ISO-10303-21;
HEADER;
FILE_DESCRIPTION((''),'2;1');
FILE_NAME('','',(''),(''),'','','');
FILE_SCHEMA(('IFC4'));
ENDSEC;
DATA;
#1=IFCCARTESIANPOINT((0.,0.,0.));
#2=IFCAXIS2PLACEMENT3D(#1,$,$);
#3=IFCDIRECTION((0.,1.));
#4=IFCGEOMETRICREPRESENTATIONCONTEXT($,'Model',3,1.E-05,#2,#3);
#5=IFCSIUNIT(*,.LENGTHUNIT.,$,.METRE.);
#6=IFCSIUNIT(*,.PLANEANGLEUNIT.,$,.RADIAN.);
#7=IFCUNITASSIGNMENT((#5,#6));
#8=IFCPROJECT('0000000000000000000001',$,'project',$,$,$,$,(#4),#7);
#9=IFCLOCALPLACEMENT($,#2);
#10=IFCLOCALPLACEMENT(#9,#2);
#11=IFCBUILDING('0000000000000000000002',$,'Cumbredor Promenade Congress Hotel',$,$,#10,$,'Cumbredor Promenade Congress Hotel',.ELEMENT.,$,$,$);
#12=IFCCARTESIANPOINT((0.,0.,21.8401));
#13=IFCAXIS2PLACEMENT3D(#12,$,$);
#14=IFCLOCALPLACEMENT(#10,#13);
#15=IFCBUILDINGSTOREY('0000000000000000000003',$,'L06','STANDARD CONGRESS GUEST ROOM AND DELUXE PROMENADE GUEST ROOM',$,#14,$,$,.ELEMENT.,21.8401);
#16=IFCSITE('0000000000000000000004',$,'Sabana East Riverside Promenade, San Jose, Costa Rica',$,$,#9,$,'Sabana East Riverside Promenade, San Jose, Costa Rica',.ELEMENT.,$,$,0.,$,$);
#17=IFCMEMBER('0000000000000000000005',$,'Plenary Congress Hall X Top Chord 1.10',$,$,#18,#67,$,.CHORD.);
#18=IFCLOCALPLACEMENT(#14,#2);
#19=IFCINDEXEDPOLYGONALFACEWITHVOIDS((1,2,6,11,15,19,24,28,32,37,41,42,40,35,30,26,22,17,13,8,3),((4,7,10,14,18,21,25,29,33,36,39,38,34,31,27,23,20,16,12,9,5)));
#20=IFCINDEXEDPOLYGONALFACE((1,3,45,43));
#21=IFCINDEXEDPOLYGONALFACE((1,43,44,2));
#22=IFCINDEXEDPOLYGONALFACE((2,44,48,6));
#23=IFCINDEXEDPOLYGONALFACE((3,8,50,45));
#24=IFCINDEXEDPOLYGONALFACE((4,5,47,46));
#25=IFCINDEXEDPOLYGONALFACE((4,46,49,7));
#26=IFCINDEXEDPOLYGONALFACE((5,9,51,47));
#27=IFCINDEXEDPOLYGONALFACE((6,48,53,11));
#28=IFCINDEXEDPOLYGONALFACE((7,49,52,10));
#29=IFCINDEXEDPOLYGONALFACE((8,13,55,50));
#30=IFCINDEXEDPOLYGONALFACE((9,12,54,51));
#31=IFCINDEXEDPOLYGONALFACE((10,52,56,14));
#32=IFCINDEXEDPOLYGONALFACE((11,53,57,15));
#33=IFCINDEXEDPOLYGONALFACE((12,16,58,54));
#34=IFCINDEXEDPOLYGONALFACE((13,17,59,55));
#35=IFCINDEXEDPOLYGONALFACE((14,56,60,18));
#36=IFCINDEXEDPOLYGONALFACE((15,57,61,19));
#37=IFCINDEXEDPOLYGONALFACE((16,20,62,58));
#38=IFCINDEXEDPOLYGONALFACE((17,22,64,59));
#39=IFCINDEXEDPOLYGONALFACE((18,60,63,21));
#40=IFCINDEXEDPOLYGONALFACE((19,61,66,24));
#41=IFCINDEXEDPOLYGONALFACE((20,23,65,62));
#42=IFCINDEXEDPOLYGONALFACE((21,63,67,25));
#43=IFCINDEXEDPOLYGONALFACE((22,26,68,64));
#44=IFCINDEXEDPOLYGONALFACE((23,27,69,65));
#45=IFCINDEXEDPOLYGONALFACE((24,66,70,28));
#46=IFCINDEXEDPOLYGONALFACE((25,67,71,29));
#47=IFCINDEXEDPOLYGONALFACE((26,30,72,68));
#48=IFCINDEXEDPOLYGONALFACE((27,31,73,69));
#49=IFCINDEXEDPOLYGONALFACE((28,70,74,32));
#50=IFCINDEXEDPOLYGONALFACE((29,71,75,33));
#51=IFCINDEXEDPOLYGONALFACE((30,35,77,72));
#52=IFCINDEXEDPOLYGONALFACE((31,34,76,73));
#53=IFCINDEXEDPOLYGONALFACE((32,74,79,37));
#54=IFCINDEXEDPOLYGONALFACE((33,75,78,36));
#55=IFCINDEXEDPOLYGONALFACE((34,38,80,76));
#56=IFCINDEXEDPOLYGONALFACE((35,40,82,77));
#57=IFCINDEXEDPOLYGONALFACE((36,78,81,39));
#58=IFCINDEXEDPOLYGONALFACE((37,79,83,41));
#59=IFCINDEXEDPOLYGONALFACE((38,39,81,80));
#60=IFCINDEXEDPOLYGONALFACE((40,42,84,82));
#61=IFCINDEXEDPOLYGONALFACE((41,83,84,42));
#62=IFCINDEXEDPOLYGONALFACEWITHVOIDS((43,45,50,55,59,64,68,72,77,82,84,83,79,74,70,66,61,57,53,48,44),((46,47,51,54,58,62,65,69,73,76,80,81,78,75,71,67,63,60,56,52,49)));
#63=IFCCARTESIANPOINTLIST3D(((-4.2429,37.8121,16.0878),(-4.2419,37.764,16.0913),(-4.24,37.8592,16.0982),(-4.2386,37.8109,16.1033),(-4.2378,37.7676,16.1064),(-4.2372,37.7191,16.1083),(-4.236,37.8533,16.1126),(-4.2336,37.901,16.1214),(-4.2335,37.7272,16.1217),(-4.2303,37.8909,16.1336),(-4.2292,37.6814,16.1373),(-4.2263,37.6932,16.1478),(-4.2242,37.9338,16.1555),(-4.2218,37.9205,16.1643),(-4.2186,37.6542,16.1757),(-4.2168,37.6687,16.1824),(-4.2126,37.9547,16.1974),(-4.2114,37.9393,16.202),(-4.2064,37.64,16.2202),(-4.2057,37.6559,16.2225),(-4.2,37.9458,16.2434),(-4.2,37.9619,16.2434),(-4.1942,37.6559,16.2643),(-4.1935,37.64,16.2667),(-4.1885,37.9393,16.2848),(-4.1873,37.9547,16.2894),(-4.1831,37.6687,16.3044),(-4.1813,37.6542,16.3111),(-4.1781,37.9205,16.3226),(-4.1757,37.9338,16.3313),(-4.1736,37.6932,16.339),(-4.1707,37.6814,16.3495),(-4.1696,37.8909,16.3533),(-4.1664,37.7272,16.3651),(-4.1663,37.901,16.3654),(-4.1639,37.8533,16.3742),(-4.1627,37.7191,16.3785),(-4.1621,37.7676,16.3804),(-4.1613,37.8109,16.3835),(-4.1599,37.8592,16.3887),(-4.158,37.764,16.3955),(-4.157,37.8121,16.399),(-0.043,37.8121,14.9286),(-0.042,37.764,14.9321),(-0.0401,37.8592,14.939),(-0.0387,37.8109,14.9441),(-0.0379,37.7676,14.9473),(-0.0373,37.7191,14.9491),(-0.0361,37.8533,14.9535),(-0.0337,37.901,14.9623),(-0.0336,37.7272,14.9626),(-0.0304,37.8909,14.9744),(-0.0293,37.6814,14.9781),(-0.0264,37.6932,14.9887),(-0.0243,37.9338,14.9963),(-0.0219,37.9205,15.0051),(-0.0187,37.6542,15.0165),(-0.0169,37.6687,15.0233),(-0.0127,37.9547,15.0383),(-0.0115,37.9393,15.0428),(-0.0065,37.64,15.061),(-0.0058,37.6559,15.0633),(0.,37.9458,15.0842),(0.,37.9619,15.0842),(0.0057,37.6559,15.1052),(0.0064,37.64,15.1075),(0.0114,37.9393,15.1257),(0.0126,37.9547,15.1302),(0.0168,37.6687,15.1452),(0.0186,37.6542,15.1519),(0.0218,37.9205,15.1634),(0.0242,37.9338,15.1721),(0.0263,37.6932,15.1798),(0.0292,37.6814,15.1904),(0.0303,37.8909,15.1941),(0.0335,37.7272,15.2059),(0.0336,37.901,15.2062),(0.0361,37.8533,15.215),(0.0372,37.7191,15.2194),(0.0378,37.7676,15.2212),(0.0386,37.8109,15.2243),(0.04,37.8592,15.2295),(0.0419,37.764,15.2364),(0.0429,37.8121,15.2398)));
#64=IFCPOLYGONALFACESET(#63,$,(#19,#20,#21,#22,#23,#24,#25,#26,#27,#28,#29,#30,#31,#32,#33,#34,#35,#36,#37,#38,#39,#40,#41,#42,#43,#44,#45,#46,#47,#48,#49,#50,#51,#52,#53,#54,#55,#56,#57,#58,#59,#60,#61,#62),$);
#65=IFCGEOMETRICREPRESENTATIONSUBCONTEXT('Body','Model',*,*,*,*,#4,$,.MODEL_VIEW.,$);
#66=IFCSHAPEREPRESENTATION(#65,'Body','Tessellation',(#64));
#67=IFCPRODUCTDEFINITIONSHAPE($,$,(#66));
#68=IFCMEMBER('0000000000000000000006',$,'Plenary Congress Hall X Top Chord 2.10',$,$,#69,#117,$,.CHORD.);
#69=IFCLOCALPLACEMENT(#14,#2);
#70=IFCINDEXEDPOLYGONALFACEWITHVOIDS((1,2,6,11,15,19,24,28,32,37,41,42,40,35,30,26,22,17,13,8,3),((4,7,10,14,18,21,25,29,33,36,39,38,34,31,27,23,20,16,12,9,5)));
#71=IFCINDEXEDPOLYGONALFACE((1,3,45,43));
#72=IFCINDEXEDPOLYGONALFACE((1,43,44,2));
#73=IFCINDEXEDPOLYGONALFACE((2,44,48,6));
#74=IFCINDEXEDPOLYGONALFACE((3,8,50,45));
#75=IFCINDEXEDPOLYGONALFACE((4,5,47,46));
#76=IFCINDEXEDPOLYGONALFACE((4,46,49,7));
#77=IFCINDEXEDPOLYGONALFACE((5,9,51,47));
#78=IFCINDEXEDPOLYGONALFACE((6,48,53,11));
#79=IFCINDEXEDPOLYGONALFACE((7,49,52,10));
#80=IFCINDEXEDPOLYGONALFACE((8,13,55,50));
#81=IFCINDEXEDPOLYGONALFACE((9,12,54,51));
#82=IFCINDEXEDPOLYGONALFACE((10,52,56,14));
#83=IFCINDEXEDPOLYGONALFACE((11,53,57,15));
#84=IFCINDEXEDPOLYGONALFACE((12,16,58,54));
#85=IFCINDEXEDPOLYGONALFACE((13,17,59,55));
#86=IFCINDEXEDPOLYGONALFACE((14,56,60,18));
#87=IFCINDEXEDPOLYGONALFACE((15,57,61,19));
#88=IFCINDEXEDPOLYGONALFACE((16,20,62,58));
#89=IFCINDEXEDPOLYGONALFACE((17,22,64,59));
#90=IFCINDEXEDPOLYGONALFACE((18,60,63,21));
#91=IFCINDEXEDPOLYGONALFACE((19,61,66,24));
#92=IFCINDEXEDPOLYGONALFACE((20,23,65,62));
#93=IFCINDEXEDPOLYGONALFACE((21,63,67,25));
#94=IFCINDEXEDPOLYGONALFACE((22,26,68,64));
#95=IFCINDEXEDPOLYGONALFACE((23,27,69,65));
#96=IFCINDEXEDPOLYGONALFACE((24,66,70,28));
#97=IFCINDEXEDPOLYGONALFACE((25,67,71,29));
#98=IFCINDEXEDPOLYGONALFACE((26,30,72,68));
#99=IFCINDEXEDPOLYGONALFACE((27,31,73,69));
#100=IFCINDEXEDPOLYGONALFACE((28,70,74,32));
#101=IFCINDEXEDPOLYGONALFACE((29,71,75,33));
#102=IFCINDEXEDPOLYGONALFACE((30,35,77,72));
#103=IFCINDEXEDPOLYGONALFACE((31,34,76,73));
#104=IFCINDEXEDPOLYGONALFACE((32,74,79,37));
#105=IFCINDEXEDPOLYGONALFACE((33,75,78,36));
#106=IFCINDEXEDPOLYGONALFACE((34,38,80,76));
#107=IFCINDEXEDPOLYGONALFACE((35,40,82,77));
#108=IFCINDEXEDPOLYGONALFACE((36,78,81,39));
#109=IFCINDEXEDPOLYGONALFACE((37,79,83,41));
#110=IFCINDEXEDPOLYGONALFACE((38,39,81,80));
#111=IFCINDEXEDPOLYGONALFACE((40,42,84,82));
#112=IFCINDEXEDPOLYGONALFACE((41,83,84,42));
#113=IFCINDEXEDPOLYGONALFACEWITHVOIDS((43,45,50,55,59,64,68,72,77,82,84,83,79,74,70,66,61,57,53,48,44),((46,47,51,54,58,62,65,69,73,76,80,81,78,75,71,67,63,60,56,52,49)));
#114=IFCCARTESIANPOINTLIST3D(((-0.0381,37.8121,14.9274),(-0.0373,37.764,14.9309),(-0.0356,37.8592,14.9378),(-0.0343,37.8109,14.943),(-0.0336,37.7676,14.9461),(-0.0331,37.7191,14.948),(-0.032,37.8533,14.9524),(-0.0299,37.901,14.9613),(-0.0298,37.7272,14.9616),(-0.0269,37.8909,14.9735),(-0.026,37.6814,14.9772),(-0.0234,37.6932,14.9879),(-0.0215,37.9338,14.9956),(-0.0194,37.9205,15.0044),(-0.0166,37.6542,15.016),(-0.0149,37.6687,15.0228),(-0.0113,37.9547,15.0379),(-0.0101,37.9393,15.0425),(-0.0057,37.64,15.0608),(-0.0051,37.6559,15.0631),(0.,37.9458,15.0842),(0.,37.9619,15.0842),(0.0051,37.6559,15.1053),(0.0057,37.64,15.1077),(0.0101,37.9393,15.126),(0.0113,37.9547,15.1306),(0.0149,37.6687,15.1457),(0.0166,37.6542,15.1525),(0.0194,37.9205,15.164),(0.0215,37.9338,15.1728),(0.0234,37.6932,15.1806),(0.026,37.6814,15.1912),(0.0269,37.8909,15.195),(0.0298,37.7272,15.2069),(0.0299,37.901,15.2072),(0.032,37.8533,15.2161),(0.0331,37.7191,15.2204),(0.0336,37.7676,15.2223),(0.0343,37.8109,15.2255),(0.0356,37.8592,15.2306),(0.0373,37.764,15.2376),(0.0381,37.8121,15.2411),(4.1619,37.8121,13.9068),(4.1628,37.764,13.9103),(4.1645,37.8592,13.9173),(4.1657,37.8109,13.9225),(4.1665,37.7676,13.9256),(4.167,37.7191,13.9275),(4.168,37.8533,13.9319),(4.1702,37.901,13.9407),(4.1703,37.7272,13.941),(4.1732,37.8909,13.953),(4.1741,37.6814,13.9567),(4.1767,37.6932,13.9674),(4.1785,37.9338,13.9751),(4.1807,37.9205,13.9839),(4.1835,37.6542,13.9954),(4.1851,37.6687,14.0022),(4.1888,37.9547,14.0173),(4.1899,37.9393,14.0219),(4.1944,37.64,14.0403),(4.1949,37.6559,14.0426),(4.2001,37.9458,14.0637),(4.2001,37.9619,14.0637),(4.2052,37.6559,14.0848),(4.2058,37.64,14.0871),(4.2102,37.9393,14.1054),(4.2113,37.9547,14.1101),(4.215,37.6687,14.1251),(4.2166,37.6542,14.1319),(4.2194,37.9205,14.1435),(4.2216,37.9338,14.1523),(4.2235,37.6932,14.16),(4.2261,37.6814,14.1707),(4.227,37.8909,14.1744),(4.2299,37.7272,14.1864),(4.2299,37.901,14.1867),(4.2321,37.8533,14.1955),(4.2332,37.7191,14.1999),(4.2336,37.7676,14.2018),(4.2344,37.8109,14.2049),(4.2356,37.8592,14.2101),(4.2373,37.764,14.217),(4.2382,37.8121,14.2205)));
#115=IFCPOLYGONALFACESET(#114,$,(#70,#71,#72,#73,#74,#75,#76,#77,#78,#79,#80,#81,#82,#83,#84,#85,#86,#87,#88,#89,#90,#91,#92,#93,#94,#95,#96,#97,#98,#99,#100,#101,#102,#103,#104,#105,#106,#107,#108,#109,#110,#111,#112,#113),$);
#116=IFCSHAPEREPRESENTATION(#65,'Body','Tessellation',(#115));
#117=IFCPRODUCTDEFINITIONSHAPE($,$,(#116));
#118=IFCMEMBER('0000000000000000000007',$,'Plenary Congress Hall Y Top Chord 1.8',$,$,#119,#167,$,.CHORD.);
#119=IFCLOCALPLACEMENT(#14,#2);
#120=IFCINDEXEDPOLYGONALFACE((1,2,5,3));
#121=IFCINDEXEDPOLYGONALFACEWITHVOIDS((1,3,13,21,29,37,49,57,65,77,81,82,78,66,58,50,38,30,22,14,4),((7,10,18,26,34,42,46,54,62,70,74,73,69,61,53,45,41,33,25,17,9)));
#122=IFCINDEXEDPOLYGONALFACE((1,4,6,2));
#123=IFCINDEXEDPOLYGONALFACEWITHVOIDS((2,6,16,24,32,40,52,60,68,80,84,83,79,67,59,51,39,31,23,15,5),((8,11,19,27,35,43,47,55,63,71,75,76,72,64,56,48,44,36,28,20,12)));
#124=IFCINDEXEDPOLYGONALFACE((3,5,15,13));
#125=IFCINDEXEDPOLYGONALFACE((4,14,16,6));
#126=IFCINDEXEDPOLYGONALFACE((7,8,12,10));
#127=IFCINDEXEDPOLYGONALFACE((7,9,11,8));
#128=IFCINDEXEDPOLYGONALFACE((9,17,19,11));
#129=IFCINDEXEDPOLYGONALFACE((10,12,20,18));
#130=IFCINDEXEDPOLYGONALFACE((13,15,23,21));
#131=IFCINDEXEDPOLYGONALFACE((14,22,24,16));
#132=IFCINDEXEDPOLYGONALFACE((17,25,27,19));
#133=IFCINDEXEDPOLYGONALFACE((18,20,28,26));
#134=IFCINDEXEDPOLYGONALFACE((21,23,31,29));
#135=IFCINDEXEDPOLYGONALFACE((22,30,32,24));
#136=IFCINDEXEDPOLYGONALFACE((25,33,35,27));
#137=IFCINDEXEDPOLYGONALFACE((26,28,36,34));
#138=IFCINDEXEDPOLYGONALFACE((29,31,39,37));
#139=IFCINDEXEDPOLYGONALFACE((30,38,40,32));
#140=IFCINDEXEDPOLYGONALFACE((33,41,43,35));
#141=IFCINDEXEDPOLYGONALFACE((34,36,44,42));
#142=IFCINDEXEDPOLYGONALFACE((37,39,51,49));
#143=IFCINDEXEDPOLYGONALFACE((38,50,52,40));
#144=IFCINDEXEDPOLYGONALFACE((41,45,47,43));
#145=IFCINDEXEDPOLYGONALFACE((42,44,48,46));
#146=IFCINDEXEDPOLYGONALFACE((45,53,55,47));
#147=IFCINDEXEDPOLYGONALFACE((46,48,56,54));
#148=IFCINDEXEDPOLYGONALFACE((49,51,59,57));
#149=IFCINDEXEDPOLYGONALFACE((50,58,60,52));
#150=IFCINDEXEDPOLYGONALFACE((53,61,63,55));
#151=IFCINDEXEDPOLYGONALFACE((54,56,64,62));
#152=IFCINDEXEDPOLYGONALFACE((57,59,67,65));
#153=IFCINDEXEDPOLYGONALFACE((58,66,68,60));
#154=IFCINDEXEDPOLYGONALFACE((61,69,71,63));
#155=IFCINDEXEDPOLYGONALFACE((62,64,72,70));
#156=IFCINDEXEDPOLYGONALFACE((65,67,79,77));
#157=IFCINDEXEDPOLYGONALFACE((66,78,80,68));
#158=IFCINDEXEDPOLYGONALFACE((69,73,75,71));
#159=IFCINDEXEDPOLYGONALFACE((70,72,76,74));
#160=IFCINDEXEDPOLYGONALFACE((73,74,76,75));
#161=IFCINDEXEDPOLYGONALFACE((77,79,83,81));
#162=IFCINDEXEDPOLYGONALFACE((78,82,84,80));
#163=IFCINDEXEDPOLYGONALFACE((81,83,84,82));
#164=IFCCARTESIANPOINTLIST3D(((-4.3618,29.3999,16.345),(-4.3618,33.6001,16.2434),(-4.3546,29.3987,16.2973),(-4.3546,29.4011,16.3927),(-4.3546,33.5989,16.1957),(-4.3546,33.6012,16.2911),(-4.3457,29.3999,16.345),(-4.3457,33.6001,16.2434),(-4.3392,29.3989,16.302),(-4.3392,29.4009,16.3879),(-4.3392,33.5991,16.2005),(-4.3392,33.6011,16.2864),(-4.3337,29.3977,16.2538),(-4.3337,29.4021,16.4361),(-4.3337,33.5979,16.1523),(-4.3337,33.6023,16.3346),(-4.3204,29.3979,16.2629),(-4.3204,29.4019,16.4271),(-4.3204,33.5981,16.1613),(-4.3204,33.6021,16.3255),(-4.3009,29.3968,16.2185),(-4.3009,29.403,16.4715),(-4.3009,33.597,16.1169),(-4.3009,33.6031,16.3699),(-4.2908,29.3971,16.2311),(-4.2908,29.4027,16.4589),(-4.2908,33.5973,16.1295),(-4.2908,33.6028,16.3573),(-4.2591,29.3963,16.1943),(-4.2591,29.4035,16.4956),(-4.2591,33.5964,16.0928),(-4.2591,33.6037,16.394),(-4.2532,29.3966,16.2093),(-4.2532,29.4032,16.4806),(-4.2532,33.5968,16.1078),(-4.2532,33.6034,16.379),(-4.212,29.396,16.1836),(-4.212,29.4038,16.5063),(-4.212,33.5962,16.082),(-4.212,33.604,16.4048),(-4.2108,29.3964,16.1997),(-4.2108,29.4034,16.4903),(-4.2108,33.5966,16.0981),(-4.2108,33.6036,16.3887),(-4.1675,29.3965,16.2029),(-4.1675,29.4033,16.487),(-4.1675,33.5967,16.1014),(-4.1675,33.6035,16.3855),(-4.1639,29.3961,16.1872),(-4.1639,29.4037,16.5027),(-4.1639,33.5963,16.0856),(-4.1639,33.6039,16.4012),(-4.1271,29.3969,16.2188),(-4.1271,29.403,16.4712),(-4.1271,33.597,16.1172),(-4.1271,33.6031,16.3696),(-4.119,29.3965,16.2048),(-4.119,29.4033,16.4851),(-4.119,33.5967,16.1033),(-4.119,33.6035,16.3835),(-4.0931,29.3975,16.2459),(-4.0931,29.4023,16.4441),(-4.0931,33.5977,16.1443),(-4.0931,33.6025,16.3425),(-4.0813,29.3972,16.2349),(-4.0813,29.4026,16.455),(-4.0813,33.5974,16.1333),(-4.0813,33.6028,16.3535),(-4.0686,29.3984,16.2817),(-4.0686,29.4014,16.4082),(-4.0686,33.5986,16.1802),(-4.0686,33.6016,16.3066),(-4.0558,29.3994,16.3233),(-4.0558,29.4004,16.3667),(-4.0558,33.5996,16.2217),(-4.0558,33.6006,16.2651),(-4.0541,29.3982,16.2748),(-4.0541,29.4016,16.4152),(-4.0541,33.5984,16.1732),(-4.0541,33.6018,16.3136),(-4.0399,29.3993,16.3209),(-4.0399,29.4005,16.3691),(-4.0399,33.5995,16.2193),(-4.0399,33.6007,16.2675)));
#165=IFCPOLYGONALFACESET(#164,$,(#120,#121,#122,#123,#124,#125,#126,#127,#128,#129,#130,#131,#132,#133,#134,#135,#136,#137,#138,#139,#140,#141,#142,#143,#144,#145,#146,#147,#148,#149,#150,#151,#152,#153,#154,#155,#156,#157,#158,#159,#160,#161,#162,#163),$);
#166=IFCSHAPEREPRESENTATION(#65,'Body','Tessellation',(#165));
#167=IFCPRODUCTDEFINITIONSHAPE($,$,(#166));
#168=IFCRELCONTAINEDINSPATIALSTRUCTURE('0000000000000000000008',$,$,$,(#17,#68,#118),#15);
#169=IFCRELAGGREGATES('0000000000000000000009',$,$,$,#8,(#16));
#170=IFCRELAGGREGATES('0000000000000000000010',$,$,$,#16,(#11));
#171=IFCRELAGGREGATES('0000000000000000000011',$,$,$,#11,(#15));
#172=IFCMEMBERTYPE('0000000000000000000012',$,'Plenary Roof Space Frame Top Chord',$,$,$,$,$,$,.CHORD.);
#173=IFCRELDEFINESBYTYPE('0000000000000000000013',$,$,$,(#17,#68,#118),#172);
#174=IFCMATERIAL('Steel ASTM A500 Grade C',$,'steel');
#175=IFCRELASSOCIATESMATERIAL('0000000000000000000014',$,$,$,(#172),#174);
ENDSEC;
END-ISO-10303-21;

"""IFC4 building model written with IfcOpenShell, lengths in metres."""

from ifc_helpers import new_model, si_unit, direction, frame, origin, origin_2d, place, context, subcontext, project, spatial, hollow_circle, extrude, material, material_profile, profile_set, type_object, element, save


model = new_model("IFC4")

# Units and contexts
model_context = context("Model", 3, precision=1e-05, world=origin(), true_north=direction((0.0, 1.0)))
body_context = subcontext(model_context, "Body", "Model", "MODEL_VIEW")
ifc_project = project(units=[si_unit("LENGTHUNIT", "METRE"), si_unit("PLANEANGLEUNIT", "RADIAN")], contexts=[model_context])

# Site, building, storey
site_placement = place(None, origin())
site = spatial("IfcSite", under=ifc_project, at=site_placement, Name="Sabana East Riverside Promenade, San Jose, Costa Rica", LongName="Sabana East Riverside Promenade, San Jose, Costa Rica", CompositionType="ELEMENT", RefElevation=0.0)
building_placement = place(site_placement, origin())
building = spatial("IfcBuilding", under=site, at=building_placement, Name="Cumbredor Promenade Congress Hotel", LongName="Cumbredor Promenade Congress Hotel", CompositionType="ELEMENT")
storey_placement = place(building_placement, frame((0.0, 0.0, 21.8401)))
storey = spatial("IfcBuildingStorey", under=building, at=storey_placement, Name="L06", Description="STANDARD CONGRESS GUEST ROOM AND DELUXE PROMENADE GUEST ROOM", CompositionType="ELEMENT", Elevation=21.8401)

# Members
ifc_material_1 = material(Name="Steel ASTM A500 Grade C", Category="steel")
ifc_material_profile_1 = material_profile(ifc_material_1, hollow_circle(Radius=0.1619, WallThickness=0.0161, at=origin_2d()), Name="CHS 323.9x16")
ifc_profile_set_1 = profile_set([ifc_material_profile_1], Name="Steel ASTM A500 Grade C")
member_type_1 = type_object("IfcMemberType", Name="Plenary Roof Space Frame Top Chord", PredefinedType="CHORD", material=ifc_profile_set_1)
member_1_placement = place(storey_placement, frame((-4.2, 37.8, 16.2434), z_axis=(0.963959, 0.0, -0.266051), x_axis=(0.0, 1.0, 0.0)))
element("IfcMember", 1, at=member_1_placement, inside=storey, type_object=member_type_1, Name="Plenary Congress Hall X Top Chord 1.10", PredefinedType="CHORD", context=body_context, shape_type="SweptSolid", body=[
    extrude(hollow_circle(Radius=0.1619, WallThickness=0.0161, at=origin_2d()), origin(), (0.0, 0.0, 1.0), 4.3569),
])
member_2_placement = place(storey_placement, frame((0.0, 37.8, 15.0842), z_axis=(0.971726, 0.0, -0.236111), x_axis=(0.0, 1.0, 0.0)))
element("IfcMember", 2, at=member_2_placement, inside=storey, type_object=member_type_1, Name="Plenary Congress Hall X Top Chord 2.10", PredefinedType="CHORD", context=body_context, shape_type="SweptSolid", body=[
    extrude(hollow_circle(Radius=0.1619, WallThickness=0.0161, at=origin_2d()), origin(), (0.0, 0.0, 1.0), 4.3223),
])
member_3_placement = place(storey_placement, frame((-4.2, 29.3999, 16.345), z_axis=(0.0, 0.999708, -0.024173), x_axis=(-1.0, 0.0, 0.0)))
element("IfcMember", 3, at=member_3_placement, inside=storey, type_object=member_type_1, Name="Plenary Congress Hall Y Top Chord 1.8", PredefinedType="CHORD", context=body_context, shape_type="SweptSolid", body=[
    extrude(hollow_circle(Radius=0.1619, WallThickness=0.0161, at=origin_2d()), origin(), (0.0, 0.0, 1.0), 4.2014),
])

save(model, "model.ifc")
